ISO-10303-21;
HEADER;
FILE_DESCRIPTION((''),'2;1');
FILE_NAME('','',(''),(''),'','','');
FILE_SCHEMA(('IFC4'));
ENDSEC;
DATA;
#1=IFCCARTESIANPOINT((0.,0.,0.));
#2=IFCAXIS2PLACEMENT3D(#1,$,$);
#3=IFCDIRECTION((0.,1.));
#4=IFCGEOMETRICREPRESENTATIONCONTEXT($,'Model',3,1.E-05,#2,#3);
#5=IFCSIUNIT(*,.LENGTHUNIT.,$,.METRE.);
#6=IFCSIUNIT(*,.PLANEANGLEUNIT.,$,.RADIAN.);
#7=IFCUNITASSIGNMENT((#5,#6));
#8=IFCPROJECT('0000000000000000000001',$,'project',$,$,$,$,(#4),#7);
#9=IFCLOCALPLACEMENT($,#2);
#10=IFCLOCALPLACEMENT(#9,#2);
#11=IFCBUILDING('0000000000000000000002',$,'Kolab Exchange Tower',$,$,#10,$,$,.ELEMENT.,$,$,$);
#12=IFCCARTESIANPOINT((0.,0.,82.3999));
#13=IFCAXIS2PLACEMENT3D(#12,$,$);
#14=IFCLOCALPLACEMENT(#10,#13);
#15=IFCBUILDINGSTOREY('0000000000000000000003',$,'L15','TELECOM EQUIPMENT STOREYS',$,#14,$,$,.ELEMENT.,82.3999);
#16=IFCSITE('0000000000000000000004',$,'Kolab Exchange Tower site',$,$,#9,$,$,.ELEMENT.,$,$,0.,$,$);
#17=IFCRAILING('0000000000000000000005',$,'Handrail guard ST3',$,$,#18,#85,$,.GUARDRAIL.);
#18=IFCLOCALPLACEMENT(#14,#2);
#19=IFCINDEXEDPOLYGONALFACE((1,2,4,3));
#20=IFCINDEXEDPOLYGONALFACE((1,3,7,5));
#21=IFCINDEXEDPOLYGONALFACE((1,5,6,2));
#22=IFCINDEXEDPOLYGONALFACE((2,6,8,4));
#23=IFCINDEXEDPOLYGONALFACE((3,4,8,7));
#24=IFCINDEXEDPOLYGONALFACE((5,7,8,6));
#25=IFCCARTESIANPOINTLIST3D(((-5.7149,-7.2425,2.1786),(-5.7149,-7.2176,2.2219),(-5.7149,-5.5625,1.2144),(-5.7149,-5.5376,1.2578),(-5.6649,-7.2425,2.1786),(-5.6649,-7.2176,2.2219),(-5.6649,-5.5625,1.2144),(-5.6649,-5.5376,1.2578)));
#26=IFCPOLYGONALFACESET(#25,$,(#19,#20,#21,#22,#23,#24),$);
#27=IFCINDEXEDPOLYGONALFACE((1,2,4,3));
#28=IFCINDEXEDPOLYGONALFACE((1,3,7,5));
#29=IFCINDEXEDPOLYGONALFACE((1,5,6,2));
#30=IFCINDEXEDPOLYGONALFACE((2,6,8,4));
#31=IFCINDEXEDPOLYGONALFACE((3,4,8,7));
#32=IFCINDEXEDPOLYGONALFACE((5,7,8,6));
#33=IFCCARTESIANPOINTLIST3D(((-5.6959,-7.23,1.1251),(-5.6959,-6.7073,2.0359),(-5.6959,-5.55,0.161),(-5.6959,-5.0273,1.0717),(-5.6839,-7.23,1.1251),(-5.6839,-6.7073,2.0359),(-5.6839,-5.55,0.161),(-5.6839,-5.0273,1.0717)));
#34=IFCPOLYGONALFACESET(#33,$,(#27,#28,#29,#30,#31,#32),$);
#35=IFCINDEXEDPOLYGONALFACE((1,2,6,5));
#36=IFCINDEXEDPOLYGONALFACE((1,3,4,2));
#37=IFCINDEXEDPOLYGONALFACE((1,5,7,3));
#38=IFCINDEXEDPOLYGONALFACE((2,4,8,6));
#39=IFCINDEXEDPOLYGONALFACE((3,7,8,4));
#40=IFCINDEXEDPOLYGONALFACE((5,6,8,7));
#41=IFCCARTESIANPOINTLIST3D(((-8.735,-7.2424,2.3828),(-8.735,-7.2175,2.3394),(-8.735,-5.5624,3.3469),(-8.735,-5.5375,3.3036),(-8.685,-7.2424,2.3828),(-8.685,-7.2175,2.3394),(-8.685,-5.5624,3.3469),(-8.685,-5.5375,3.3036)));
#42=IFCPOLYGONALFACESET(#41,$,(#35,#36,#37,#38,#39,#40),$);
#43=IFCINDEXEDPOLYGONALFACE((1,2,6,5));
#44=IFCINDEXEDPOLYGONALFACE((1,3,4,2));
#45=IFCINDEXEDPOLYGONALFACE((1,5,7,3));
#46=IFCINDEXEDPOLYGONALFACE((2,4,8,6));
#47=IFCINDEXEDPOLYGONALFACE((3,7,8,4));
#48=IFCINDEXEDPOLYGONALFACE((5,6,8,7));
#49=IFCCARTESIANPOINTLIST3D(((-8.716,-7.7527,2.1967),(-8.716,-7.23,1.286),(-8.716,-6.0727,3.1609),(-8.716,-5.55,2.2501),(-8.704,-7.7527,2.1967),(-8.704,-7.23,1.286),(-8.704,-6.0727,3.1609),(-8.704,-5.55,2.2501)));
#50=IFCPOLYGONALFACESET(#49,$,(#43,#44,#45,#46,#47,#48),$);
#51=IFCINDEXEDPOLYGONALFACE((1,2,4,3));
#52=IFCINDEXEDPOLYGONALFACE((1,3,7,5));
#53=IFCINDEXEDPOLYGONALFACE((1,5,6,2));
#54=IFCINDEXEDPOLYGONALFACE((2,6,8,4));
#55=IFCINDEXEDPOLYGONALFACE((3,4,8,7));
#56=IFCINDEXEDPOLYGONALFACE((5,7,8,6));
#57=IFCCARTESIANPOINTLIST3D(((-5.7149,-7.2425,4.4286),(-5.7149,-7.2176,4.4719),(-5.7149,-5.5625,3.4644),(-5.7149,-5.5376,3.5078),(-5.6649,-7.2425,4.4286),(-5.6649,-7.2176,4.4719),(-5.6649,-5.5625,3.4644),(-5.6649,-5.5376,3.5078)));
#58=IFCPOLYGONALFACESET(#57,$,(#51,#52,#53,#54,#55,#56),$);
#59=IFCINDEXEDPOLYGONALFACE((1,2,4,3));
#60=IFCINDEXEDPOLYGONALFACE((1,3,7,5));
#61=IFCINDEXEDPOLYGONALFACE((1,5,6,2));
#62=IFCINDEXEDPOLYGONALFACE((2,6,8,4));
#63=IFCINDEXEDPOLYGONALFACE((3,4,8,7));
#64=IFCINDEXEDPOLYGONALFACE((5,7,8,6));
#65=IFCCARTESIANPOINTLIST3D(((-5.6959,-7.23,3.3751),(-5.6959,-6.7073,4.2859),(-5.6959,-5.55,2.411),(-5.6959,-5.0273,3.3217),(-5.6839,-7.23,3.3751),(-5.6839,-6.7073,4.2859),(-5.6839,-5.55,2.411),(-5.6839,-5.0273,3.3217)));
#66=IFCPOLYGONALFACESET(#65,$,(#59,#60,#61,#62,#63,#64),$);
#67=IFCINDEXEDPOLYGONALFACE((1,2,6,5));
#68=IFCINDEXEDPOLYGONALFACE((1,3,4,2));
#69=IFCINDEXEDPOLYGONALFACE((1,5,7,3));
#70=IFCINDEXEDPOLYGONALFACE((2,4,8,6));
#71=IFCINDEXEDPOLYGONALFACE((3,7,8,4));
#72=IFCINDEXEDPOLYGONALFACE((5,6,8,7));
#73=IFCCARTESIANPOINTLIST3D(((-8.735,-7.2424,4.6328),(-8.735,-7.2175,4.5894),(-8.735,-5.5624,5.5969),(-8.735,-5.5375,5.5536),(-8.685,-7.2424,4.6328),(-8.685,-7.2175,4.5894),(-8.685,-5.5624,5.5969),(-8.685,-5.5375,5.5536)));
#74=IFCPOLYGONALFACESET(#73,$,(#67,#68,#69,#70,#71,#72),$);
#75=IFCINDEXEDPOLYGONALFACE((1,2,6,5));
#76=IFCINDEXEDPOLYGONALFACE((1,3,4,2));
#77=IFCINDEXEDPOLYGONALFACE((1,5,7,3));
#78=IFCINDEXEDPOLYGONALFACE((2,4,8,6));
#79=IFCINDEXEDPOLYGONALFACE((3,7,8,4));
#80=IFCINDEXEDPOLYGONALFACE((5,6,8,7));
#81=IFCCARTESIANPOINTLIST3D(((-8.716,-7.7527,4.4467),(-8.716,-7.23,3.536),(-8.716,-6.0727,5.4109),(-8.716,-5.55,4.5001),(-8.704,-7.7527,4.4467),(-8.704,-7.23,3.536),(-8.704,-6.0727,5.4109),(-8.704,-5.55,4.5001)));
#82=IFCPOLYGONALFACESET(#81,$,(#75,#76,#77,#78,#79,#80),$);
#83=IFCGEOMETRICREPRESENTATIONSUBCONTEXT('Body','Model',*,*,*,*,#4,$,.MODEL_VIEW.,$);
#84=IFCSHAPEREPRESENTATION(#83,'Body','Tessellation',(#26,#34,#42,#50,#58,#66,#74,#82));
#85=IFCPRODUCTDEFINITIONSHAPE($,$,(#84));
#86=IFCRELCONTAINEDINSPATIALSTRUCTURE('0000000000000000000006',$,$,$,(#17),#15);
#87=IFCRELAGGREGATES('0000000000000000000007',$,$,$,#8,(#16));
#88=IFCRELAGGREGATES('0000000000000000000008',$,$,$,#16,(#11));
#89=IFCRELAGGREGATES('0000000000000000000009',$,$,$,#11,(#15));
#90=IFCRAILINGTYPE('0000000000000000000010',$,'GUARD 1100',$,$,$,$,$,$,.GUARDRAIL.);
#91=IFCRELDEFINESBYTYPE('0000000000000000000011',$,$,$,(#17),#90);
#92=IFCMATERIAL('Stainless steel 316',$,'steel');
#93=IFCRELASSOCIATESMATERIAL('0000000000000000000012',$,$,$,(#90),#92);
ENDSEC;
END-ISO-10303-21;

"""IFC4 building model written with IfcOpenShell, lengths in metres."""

from ifc_helpers import new_model, si_unit, direction, frame, frame_2d, origin, origin_2d, place, context, subcontext, project, spatial, rectangle, extrude, material, type_object, element, save


model = new_model("IFC4")

# Units and contexts
model_context = context("Model", 3, precision=1e-05, world=origin(), true_north=direction((0.0, 1.0)))
body_context = subcontext(model_context, "Body", "Model", "MODEL_VIEW")
ifc_project = project(units=[si_unit("LENGTHUNIT", "METRE"), si_unit("PLANEANGLEUNIT", "RADIAN")], contexts=[model_context])

# Site, building, storey
site_placement = place(None, origin())
site = spatial("IfcSite", under=ifc_project, at=site_placement, Name="Kolab Exchange Tower site", CompositionType="ELEMENT", RefElevation=0.0)
building_placement = place(site_placement, origin())
building = spatial("IfcBuilding", under=site, at=building_placement, Name="Kolab Exchange Tower", CompositionType="ELEMENT")
storey_placement = place(building_placement, frame((0.0, 0.0, 82.3999)))
storey = spatial("IfcBuildingStorey", under=building, at=storey_placement, Name="L15", Description="TELECOM EQUIPMENT STOREYS", CompositionType="ELEMENT", Elevation=82.3999)

# Shared definitions
ifc_material_1 = material(Name="Stainless steel 316", Category="steel")

# Railing
railing_type = type_object("IfcRailingType", Name="GUARD 1100", PredefinedType="GUARDRAIL", material=ifc_material_1)
railing_placement = place(storey_placement, frame((-5.6899, -5.55, 0.1609)))
element("IfcRailing", 1, at=railing_placement, inside=storey, type_object=railing_type, Name="Handrail guard ST3", PredefinedType="GUARDRAIL", context=body_context, shape_type="SweptSolid", body=[
    extrude(rectangle(XDim=0.05, YDim=0.05, at=origin_2d()), frame((0.0, 0.0, 1.0752), z_axis=(0.0, -0.867319, 0.497753), x_axis=(1.0, 0.0, 0.0)), (0.0, 0.0, 1.0), 1.937),
    extrude(rectangle(XDim=0.012, YDim=1.0501, at=frame_2d((0.0, 0.5251))), frame((0.0, 0.0, 0.0), z_axis=(0.0, -0.867319, 0.497753), x_axis=(1.0, 0.0, 0.0)), (0.0, 0.0, 1.0), 1.937),
    extrude(rectangle(XDim=0.05, YDim=0.05, at=origin_2d()), frame((-3.02, -1.6799, 2.2002), z_axis=(0.0, 0.867319, 0.497753), x_axis=(-1.0, 0.0, 0.0)), (0.0, 0.0, 1.0), 1.937),
    extrude(rectangle(XDim=0.012, YDim=1.0501, at=frame_2d((0.0, 0.5251))), frame((-3.02, -1.6799, 1.125), z_axis=(0.0, 0.867319, 0.497753), x_axis=(-1.0, 0.0, 0.0)), (0.0, 0.0, 1.0), 1.937),
    extrude(rectangle(XDim=0.05, YDim=0.05, at=origin_2d()), frame((0.0, 0.0, 3.3252), z_axis=(0.0, -0.867319, 0.497753), x_axis=(1.0, 0.0, 0.0)), (0.0, 0.0, 1.0), 1.937),
    extrude(rectangle(XDim=0.012, YDim=1.0501, at=frame_2d((0.0, 0.5251))), frame((0.0, 0.0, 2.25), z_axis=(0.0, -0.867319, 0.497753), x_axis=(1.0, 0.0, 0.0)), (0.0, 0.0, 1.0), 1.937),
    extrude(rectangle(XDim=0.05, YDim=0.05, at=origin_2d()), frame((-3.02, -1.6799, 4.4502), z_axis=(0.0, 0.867319, 0.497753), x_axis=(-1.0, 0.0, 0.0)), (0.0, 0.0, 1.0), 1.937),
    extrude(rectangle(XDim=0.012, YDim=1.0501, at=frame_2d((0.0, 0.5251))), frame((-3.02, -1.6799, 3.375), z_axis=(0.0, 0.867319, 0.497753), x_axis=(-1.0, 0.0, 0.0)), (0.0, 0.0, 1.0), 1.937),
])

save(model, "model.ifc")
